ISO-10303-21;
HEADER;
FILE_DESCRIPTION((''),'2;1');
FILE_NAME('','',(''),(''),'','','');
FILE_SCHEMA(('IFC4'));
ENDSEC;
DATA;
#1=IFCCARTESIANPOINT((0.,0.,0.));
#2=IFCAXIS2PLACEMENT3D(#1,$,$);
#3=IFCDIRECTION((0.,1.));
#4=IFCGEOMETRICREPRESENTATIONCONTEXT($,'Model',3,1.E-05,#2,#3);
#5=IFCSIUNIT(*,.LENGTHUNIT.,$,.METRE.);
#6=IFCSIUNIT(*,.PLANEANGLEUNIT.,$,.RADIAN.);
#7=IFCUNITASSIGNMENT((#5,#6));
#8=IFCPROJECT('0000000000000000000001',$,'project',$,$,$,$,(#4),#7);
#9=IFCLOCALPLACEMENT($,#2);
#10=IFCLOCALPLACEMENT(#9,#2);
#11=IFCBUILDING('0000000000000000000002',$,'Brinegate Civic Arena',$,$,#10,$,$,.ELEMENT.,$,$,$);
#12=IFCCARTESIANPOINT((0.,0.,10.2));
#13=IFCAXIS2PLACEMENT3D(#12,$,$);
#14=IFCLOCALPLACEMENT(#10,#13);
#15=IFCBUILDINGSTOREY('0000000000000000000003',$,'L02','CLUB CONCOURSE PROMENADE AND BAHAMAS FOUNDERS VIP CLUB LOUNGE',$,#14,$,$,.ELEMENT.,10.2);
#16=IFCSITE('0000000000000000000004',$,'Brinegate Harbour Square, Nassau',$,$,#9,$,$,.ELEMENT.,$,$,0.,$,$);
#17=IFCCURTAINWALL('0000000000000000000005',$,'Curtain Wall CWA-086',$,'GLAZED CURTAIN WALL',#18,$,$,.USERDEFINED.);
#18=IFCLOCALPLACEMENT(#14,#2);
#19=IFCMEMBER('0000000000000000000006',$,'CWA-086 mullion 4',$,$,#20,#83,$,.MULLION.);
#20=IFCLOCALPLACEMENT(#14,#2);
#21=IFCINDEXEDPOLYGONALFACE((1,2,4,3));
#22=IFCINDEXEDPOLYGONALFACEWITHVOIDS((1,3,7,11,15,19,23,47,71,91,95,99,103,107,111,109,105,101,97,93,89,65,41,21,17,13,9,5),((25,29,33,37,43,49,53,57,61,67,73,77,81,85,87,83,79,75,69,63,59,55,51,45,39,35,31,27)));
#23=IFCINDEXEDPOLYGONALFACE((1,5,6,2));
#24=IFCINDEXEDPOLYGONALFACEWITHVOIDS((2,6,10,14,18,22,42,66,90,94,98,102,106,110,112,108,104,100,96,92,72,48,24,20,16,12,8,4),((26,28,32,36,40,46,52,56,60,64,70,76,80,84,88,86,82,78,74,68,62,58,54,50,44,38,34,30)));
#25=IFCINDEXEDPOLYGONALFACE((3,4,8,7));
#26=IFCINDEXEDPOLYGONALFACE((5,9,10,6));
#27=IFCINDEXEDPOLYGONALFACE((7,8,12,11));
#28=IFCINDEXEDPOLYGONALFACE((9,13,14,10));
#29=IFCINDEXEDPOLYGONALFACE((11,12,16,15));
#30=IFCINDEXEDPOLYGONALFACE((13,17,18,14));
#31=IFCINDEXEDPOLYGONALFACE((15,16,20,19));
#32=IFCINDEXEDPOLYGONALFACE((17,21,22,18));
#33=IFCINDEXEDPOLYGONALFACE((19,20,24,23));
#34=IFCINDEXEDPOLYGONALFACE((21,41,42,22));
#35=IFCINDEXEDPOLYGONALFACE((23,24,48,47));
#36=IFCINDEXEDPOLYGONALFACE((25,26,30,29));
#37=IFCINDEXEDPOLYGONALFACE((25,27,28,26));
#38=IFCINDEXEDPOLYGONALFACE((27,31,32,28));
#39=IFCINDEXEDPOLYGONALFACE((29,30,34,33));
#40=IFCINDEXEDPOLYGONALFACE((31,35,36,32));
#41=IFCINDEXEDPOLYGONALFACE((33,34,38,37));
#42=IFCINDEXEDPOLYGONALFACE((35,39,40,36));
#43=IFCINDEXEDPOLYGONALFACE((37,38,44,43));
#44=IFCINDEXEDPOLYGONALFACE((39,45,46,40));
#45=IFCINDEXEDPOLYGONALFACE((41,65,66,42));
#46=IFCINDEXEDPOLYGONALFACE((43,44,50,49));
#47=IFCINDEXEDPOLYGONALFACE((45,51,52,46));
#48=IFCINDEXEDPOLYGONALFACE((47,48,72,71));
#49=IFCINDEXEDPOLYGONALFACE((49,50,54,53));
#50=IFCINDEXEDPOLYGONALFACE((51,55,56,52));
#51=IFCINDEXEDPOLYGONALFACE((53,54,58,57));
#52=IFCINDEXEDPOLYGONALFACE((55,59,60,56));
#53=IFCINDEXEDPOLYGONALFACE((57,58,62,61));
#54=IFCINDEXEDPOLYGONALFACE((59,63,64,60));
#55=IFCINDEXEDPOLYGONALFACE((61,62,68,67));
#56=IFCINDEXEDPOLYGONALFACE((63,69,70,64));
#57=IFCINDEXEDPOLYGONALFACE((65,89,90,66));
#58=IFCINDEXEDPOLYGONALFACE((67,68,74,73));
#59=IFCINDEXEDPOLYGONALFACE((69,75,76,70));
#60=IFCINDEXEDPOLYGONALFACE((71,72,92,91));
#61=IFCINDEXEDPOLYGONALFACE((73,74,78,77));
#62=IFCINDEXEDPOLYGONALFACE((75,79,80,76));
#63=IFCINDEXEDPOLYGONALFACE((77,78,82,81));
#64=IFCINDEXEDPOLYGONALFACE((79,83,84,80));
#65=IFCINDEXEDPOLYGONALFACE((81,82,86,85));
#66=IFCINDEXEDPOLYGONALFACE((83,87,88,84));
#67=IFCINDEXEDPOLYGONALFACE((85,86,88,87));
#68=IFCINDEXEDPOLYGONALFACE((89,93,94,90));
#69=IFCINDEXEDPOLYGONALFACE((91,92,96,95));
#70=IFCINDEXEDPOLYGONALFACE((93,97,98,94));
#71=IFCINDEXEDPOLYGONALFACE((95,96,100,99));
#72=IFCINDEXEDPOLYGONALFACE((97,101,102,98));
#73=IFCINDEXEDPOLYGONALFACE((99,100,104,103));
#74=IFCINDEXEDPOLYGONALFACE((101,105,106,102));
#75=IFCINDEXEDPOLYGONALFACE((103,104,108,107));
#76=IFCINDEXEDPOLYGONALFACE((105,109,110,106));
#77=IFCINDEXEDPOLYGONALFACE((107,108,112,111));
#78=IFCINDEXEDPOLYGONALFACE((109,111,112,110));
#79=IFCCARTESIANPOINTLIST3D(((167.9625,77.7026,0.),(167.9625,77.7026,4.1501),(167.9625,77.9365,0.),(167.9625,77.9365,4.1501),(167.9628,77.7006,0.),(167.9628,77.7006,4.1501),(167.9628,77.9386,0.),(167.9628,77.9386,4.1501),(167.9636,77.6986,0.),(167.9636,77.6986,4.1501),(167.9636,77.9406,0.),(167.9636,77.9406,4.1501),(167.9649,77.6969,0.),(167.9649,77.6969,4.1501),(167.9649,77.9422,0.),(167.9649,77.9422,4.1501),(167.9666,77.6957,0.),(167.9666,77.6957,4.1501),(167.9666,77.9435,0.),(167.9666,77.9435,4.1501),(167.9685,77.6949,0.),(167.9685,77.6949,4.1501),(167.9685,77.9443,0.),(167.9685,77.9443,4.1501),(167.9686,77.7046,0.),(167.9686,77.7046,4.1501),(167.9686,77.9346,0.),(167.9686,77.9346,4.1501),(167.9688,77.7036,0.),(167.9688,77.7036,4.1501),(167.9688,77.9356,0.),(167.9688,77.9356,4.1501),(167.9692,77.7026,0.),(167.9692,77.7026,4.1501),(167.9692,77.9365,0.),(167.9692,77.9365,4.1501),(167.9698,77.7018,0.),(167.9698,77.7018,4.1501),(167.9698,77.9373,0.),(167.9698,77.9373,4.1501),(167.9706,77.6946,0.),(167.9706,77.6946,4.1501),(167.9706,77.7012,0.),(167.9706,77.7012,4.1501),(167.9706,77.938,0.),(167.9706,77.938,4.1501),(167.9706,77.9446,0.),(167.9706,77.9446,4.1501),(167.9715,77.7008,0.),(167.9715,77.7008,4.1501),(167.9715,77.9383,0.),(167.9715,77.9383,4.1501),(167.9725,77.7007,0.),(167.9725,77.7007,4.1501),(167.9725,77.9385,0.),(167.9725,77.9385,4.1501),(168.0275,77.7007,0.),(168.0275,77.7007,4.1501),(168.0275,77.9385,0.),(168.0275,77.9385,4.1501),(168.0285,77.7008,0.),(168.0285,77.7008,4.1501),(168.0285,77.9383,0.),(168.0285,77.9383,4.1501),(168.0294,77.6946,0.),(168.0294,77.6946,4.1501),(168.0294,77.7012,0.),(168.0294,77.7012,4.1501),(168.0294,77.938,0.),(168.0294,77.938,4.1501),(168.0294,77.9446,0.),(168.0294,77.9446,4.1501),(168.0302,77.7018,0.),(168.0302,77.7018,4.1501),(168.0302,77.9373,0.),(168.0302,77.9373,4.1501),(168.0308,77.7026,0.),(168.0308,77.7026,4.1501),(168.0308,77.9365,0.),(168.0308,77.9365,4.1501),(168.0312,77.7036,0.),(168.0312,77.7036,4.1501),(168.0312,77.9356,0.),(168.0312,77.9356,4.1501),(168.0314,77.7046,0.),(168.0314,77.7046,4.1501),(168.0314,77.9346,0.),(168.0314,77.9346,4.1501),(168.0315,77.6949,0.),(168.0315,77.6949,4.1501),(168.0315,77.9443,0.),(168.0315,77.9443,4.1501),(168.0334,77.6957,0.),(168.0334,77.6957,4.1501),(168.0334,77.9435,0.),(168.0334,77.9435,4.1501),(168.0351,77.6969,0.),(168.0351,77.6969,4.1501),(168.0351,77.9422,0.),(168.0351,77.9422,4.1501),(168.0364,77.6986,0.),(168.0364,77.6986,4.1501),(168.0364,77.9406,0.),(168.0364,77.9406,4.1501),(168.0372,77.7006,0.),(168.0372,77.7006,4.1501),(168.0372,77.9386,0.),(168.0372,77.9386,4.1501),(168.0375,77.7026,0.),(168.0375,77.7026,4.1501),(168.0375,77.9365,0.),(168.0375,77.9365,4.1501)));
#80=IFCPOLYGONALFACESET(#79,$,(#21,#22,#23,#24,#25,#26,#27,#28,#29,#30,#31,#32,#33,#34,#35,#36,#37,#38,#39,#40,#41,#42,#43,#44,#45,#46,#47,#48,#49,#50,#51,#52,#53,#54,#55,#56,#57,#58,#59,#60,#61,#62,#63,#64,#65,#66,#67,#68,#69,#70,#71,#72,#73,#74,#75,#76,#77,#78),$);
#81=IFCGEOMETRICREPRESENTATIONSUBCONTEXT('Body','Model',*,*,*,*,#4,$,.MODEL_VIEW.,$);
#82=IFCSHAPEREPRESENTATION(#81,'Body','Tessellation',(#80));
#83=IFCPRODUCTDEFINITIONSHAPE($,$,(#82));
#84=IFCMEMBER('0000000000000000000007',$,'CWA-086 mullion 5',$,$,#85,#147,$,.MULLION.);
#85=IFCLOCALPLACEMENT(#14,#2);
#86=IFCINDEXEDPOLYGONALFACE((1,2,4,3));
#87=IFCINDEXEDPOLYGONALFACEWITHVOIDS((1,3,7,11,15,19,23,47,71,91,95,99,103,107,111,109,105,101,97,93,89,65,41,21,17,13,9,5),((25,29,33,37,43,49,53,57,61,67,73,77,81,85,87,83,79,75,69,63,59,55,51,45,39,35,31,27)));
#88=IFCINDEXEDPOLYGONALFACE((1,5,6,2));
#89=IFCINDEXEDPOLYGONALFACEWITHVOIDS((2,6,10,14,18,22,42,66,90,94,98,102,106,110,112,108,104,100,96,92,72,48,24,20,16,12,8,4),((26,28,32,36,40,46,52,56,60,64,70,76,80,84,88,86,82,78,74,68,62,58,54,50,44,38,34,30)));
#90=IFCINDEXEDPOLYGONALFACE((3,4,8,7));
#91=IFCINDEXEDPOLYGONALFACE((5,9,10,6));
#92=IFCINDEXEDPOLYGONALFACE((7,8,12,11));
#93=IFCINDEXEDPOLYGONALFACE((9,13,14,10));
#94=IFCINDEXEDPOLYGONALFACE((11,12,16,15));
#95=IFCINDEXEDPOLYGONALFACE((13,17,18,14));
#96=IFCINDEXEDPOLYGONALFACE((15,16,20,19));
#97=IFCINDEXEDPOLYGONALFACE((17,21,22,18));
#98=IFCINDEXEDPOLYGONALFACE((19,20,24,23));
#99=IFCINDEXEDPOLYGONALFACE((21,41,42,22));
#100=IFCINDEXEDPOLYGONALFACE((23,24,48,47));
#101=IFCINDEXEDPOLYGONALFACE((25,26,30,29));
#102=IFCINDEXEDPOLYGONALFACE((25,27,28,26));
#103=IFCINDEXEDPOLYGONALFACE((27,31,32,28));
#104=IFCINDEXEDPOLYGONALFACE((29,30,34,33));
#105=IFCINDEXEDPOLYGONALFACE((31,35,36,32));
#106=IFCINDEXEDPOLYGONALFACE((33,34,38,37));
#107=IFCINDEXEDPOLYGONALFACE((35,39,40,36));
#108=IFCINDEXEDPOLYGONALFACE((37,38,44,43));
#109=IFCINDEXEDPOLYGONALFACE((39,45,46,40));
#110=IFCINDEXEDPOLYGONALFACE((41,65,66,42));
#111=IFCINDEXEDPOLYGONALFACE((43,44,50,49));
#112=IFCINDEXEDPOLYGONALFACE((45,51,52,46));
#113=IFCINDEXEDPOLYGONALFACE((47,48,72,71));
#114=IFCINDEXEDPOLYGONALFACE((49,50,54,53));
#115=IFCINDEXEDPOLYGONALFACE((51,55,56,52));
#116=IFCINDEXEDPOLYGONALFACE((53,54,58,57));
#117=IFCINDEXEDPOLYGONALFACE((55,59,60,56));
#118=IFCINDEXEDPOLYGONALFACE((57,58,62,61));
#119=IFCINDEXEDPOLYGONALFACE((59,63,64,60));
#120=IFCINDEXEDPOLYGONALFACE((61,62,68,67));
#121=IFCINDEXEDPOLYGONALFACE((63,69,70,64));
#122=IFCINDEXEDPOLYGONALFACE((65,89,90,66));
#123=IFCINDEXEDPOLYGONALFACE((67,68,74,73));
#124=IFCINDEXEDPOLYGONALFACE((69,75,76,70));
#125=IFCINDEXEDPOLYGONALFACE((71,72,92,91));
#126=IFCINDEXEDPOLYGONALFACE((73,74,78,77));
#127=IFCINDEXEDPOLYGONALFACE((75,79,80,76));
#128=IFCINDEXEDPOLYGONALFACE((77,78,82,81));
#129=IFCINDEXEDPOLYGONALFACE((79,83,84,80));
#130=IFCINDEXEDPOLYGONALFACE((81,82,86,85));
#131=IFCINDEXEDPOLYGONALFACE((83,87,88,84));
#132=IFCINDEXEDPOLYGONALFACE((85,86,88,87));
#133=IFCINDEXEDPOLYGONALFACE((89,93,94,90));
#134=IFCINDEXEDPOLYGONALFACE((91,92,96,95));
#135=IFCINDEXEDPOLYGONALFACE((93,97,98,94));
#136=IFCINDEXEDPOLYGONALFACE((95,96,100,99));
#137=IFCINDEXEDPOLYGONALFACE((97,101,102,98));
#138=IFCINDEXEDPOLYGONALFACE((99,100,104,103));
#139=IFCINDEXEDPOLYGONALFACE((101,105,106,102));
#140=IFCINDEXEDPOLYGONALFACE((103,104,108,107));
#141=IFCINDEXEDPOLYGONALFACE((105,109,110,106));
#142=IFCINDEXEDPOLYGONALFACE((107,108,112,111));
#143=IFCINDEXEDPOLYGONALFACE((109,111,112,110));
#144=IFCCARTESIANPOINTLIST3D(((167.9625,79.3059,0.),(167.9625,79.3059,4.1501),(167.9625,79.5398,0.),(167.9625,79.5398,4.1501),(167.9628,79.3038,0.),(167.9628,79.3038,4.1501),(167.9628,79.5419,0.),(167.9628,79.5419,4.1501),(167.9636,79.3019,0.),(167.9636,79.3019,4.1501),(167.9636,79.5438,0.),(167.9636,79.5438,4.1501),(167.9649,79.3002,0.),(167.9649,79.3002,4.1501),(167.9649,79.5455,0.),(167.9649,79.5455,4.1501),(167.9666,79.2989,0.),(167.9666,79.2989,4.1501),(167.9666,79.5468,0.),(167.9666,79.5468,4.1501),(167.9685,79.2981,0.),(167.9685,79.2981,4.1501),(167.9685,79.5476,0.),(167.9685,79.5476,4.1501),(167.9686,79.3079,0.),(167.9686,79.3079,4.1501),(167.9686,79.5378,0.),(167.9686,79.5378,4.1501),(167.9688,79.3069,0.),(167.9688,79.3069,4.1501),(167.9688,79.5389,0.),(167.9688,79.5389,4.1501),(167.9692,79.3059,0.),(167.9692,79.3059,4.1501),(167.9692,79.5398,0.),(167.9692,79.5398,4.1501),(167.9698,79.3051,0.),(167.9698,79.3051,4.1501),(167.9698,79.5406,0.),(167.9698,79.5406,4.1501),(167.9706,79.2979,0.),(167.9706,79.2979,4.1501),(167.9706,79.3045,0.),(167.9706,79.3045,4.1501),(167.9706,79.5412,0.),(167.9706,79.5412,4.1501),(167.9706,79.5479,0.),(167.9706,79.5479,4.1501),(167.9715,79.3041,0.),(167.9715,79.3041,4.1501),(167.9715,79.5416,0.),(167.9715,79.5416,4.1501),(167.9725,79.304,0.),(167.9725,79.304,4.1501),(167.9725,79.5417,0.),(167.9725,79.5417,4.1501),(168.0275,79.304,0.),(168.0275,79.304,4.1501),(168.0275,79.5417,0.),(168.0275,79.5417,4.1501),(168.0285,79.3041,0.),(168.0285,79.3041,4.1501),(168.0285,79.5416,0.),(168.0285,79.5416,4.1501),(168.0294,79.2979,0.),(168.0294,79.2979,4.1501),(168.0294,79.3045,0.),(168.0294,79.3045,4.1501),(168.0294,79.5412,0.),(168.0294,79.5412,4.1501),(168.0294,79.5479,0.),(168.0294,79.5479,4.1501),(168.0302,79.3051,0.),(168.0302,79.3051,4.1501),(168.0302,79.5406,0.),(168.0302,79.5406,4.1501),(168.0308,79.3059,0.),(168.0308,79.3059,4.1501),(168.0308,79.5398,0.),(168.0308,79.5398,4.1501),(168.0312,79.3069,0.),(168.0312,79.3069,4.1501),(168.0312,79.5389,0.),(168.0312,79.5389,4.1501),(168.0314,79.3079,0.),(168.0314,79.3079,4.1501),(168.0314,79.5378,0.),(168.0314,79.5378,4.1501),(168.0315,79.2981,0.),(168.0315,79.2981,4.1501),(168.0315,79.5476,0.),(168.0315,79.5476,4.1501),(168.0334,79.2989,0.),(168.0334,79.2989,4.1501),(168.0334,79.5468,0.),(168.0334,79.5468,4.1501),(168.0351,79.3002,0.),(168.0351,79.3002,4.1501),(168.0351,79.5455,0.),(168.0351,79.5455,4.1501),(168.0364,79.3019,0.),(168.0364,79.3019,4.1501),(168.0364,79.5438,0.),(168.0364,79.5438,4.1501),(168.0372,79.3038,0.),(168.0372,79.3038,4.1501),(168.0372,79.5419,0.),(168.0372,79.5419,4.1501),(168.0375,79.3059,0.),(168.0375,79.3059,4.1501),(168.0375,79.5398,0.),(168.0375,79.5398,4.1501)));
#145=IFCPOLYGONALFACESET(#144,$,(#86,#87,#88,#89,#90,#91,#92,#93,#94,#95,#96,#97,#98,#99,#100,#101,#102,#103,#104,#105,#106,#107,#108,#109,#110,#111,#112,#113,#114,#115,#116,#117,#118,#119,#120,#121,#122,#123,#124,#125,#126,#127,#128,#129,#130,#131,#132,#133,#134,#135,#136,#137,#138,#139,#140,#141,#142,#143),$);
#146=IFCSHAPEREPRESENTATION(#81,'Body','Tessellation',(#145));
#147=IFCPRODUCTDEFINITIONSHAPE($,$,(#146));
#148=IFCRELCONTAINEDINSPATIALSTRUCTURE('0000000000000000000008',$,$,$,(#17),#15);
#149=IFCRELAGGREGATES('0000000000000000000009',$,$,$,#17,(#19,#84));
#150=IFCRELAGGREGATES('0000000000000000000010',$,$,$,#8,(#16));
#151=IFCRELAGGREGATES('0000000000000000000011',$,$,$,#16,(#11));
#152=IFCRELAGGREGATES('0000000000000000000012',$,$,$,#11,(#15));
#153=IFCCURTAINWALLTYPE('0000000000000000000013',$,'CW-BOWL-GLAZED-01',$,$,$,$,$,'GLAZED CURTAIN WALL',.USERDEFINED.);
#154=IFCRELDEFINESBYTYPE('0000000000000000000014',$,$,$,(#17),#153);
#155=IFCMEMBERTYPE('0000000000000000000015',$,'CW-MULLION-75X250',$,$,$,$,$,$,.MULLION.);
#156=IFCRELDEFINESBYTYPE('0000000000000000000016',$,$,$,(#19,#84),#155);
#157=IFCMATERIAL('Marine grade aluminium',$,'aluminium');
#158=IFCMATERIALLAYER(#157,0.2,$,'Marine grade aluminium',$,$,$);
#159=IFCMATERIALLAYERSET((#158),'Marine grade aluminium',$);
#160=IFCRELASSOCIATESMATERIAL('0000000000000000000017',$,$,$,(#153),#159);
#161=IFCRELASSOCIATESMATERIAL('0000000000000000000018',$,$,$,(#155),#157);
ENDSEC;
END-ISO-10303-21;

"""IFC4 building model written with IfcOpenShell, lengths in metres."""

from ifc_helpers import new_model, si_unit, direction, frame, origin, origin_2d, place, context, subcontext, project, spatial, hollow_rectangle, extrude, material, layer, layer_set, material_profile, profile_set, type_object, element, aggregate, save


model = new_model("IFC4")

# Units and contexts
model_context = context("Model", 3, precision=1e-05, world=origin(), true_north=direction((0.0, 1.0)))
body_context = subcontext(model_context, "Body", "Model", "MODEL_VIEW")
ifc_project = project(units=[si_unit("LENGTHUNIT", "METRE"), si_unit("PLANEANGLEUNIT", "RADIAN")], contexts=[model_context])

# Site, building, storey
site_placement = place(None, origin())
site = spatial("IfcSite", under=ifc_project, at=site_placement, Name="Brinegate Harbour Square, Nassau", CompositionType="ELEMENT", RefElevation=0.0)
building_placement = place(site_placement, origin())
building = spatial("IfcBuilding", under=site, at=building_placement, Name="Brinegate Civic Arena", CompositionType="ELEMENT")
storey_placement = place(building_placement, frame((0.0, 0.0, 10.2)))
storey = spatial("IfcBuildingStorey", under=building, at=storey_placement, Name="L02", Description="CLUB CONCOURSE PROMENADE AND BAHAMAS FOUNDERS VIP CLUB LOUNGE", CompositionType="ELEMENT", Elevation=10.2)

# Shared definitions
ifc_material_1 = material(Name="Marine grade aluminium", Category="aluminium")
ifc_layer_1 = layer(ifc_material_1, 0.2, Name="Marine grade aluminium")
ifc_layer_set_1 = layer_set([ifc_layer_1], Name="Marine grade aluminium")
curtain_wall_type = type_object("IfcCurtainWallType", Name="CW-BOWL-GLAZED-01", ElementType="GLAZED CURTAIN WALL", PredefinedType="USERDEFINED", material=ifc_layer_set_1)

# Curtain wall, members
curtain_wall_1_placement = place(storey_placement, origin())
curtain_wall_1 = element("IfcCurtainWall", 1, at=curtain_wall_1_placement, inside=storey, type_object=curtain_wall_type, Name="Curtain Wall CWA-086", ObjectType="GLAZED CURTAIN WALL", PredefinedType="USERDEFINED")
ifc_material_profile_1 = material_profile(ifc_material_1, hollow_rectangle(XDim=0.075, YDim=0.25, WallThickness=0.0061, InnerFilletRadius=0.0039, OuterFilletRadius=0.0081, at=origin_2d()), Name="MUL75X250")
ifc_profile_set_1 = profile_set([ifc_material_profile_1], Name="Marine grade aluminium")
member_type_1 = type_object("IfcMemberType", Name="CW-MULLION-75X250", PredefinedType="MULLION", material=ifc_profile_set_1)
member_1_placement = place(storey_placement, frame((168.0, 77.8196, 0.0), z_axis=(0.0, 0.0, 1.0), x_axis=(-1.0, 0.0, 0.0)))
member_1 = element("IfcMember", 2, at=member_1_placement, type_object=member_type_1, Name="CWA-086 mullion 4", PredefinedType="MULLION", context=body_context, shape_type="SweptSolid", body=[
    extrude(hollow_rectangle(XDim=0.075, YDim=0.25, WallThickness=0.0061, InnerFilletRadius=0.0039, OuterFilletRadius=0.0081, at=origin_2d()), origin(), (0.0, 0.0, 1.0), 4.1501),
])
member_2_placement = place(storey_placement, frame((168.0, 79.4229, 0.0), z_axis=(0.0, 0.0, 1.0), x_axis=(-1.0, 0.0, 0.0)))
member_2 = element("IfcMember", 3, at=member_2_placement, type_object=member_type_1, Name="CWA-086 mullion 5", PredefinedType="MULLION", context=body_context, shape_type="SweptSolid", body=[
    extrude(hollow_rectangle(XDim=0.075, YDim=0.25, WallThickness=0.0061, InnerFilletRadius=0.0039, OuterFilletRadius=0.0081, at=origin_2d()), origin(), (0.0, 0.0, 1.0), 4.1501),
])

aggregate(curtain_wall_1, [member_1, member_2])

save(model, "model.ifc")
